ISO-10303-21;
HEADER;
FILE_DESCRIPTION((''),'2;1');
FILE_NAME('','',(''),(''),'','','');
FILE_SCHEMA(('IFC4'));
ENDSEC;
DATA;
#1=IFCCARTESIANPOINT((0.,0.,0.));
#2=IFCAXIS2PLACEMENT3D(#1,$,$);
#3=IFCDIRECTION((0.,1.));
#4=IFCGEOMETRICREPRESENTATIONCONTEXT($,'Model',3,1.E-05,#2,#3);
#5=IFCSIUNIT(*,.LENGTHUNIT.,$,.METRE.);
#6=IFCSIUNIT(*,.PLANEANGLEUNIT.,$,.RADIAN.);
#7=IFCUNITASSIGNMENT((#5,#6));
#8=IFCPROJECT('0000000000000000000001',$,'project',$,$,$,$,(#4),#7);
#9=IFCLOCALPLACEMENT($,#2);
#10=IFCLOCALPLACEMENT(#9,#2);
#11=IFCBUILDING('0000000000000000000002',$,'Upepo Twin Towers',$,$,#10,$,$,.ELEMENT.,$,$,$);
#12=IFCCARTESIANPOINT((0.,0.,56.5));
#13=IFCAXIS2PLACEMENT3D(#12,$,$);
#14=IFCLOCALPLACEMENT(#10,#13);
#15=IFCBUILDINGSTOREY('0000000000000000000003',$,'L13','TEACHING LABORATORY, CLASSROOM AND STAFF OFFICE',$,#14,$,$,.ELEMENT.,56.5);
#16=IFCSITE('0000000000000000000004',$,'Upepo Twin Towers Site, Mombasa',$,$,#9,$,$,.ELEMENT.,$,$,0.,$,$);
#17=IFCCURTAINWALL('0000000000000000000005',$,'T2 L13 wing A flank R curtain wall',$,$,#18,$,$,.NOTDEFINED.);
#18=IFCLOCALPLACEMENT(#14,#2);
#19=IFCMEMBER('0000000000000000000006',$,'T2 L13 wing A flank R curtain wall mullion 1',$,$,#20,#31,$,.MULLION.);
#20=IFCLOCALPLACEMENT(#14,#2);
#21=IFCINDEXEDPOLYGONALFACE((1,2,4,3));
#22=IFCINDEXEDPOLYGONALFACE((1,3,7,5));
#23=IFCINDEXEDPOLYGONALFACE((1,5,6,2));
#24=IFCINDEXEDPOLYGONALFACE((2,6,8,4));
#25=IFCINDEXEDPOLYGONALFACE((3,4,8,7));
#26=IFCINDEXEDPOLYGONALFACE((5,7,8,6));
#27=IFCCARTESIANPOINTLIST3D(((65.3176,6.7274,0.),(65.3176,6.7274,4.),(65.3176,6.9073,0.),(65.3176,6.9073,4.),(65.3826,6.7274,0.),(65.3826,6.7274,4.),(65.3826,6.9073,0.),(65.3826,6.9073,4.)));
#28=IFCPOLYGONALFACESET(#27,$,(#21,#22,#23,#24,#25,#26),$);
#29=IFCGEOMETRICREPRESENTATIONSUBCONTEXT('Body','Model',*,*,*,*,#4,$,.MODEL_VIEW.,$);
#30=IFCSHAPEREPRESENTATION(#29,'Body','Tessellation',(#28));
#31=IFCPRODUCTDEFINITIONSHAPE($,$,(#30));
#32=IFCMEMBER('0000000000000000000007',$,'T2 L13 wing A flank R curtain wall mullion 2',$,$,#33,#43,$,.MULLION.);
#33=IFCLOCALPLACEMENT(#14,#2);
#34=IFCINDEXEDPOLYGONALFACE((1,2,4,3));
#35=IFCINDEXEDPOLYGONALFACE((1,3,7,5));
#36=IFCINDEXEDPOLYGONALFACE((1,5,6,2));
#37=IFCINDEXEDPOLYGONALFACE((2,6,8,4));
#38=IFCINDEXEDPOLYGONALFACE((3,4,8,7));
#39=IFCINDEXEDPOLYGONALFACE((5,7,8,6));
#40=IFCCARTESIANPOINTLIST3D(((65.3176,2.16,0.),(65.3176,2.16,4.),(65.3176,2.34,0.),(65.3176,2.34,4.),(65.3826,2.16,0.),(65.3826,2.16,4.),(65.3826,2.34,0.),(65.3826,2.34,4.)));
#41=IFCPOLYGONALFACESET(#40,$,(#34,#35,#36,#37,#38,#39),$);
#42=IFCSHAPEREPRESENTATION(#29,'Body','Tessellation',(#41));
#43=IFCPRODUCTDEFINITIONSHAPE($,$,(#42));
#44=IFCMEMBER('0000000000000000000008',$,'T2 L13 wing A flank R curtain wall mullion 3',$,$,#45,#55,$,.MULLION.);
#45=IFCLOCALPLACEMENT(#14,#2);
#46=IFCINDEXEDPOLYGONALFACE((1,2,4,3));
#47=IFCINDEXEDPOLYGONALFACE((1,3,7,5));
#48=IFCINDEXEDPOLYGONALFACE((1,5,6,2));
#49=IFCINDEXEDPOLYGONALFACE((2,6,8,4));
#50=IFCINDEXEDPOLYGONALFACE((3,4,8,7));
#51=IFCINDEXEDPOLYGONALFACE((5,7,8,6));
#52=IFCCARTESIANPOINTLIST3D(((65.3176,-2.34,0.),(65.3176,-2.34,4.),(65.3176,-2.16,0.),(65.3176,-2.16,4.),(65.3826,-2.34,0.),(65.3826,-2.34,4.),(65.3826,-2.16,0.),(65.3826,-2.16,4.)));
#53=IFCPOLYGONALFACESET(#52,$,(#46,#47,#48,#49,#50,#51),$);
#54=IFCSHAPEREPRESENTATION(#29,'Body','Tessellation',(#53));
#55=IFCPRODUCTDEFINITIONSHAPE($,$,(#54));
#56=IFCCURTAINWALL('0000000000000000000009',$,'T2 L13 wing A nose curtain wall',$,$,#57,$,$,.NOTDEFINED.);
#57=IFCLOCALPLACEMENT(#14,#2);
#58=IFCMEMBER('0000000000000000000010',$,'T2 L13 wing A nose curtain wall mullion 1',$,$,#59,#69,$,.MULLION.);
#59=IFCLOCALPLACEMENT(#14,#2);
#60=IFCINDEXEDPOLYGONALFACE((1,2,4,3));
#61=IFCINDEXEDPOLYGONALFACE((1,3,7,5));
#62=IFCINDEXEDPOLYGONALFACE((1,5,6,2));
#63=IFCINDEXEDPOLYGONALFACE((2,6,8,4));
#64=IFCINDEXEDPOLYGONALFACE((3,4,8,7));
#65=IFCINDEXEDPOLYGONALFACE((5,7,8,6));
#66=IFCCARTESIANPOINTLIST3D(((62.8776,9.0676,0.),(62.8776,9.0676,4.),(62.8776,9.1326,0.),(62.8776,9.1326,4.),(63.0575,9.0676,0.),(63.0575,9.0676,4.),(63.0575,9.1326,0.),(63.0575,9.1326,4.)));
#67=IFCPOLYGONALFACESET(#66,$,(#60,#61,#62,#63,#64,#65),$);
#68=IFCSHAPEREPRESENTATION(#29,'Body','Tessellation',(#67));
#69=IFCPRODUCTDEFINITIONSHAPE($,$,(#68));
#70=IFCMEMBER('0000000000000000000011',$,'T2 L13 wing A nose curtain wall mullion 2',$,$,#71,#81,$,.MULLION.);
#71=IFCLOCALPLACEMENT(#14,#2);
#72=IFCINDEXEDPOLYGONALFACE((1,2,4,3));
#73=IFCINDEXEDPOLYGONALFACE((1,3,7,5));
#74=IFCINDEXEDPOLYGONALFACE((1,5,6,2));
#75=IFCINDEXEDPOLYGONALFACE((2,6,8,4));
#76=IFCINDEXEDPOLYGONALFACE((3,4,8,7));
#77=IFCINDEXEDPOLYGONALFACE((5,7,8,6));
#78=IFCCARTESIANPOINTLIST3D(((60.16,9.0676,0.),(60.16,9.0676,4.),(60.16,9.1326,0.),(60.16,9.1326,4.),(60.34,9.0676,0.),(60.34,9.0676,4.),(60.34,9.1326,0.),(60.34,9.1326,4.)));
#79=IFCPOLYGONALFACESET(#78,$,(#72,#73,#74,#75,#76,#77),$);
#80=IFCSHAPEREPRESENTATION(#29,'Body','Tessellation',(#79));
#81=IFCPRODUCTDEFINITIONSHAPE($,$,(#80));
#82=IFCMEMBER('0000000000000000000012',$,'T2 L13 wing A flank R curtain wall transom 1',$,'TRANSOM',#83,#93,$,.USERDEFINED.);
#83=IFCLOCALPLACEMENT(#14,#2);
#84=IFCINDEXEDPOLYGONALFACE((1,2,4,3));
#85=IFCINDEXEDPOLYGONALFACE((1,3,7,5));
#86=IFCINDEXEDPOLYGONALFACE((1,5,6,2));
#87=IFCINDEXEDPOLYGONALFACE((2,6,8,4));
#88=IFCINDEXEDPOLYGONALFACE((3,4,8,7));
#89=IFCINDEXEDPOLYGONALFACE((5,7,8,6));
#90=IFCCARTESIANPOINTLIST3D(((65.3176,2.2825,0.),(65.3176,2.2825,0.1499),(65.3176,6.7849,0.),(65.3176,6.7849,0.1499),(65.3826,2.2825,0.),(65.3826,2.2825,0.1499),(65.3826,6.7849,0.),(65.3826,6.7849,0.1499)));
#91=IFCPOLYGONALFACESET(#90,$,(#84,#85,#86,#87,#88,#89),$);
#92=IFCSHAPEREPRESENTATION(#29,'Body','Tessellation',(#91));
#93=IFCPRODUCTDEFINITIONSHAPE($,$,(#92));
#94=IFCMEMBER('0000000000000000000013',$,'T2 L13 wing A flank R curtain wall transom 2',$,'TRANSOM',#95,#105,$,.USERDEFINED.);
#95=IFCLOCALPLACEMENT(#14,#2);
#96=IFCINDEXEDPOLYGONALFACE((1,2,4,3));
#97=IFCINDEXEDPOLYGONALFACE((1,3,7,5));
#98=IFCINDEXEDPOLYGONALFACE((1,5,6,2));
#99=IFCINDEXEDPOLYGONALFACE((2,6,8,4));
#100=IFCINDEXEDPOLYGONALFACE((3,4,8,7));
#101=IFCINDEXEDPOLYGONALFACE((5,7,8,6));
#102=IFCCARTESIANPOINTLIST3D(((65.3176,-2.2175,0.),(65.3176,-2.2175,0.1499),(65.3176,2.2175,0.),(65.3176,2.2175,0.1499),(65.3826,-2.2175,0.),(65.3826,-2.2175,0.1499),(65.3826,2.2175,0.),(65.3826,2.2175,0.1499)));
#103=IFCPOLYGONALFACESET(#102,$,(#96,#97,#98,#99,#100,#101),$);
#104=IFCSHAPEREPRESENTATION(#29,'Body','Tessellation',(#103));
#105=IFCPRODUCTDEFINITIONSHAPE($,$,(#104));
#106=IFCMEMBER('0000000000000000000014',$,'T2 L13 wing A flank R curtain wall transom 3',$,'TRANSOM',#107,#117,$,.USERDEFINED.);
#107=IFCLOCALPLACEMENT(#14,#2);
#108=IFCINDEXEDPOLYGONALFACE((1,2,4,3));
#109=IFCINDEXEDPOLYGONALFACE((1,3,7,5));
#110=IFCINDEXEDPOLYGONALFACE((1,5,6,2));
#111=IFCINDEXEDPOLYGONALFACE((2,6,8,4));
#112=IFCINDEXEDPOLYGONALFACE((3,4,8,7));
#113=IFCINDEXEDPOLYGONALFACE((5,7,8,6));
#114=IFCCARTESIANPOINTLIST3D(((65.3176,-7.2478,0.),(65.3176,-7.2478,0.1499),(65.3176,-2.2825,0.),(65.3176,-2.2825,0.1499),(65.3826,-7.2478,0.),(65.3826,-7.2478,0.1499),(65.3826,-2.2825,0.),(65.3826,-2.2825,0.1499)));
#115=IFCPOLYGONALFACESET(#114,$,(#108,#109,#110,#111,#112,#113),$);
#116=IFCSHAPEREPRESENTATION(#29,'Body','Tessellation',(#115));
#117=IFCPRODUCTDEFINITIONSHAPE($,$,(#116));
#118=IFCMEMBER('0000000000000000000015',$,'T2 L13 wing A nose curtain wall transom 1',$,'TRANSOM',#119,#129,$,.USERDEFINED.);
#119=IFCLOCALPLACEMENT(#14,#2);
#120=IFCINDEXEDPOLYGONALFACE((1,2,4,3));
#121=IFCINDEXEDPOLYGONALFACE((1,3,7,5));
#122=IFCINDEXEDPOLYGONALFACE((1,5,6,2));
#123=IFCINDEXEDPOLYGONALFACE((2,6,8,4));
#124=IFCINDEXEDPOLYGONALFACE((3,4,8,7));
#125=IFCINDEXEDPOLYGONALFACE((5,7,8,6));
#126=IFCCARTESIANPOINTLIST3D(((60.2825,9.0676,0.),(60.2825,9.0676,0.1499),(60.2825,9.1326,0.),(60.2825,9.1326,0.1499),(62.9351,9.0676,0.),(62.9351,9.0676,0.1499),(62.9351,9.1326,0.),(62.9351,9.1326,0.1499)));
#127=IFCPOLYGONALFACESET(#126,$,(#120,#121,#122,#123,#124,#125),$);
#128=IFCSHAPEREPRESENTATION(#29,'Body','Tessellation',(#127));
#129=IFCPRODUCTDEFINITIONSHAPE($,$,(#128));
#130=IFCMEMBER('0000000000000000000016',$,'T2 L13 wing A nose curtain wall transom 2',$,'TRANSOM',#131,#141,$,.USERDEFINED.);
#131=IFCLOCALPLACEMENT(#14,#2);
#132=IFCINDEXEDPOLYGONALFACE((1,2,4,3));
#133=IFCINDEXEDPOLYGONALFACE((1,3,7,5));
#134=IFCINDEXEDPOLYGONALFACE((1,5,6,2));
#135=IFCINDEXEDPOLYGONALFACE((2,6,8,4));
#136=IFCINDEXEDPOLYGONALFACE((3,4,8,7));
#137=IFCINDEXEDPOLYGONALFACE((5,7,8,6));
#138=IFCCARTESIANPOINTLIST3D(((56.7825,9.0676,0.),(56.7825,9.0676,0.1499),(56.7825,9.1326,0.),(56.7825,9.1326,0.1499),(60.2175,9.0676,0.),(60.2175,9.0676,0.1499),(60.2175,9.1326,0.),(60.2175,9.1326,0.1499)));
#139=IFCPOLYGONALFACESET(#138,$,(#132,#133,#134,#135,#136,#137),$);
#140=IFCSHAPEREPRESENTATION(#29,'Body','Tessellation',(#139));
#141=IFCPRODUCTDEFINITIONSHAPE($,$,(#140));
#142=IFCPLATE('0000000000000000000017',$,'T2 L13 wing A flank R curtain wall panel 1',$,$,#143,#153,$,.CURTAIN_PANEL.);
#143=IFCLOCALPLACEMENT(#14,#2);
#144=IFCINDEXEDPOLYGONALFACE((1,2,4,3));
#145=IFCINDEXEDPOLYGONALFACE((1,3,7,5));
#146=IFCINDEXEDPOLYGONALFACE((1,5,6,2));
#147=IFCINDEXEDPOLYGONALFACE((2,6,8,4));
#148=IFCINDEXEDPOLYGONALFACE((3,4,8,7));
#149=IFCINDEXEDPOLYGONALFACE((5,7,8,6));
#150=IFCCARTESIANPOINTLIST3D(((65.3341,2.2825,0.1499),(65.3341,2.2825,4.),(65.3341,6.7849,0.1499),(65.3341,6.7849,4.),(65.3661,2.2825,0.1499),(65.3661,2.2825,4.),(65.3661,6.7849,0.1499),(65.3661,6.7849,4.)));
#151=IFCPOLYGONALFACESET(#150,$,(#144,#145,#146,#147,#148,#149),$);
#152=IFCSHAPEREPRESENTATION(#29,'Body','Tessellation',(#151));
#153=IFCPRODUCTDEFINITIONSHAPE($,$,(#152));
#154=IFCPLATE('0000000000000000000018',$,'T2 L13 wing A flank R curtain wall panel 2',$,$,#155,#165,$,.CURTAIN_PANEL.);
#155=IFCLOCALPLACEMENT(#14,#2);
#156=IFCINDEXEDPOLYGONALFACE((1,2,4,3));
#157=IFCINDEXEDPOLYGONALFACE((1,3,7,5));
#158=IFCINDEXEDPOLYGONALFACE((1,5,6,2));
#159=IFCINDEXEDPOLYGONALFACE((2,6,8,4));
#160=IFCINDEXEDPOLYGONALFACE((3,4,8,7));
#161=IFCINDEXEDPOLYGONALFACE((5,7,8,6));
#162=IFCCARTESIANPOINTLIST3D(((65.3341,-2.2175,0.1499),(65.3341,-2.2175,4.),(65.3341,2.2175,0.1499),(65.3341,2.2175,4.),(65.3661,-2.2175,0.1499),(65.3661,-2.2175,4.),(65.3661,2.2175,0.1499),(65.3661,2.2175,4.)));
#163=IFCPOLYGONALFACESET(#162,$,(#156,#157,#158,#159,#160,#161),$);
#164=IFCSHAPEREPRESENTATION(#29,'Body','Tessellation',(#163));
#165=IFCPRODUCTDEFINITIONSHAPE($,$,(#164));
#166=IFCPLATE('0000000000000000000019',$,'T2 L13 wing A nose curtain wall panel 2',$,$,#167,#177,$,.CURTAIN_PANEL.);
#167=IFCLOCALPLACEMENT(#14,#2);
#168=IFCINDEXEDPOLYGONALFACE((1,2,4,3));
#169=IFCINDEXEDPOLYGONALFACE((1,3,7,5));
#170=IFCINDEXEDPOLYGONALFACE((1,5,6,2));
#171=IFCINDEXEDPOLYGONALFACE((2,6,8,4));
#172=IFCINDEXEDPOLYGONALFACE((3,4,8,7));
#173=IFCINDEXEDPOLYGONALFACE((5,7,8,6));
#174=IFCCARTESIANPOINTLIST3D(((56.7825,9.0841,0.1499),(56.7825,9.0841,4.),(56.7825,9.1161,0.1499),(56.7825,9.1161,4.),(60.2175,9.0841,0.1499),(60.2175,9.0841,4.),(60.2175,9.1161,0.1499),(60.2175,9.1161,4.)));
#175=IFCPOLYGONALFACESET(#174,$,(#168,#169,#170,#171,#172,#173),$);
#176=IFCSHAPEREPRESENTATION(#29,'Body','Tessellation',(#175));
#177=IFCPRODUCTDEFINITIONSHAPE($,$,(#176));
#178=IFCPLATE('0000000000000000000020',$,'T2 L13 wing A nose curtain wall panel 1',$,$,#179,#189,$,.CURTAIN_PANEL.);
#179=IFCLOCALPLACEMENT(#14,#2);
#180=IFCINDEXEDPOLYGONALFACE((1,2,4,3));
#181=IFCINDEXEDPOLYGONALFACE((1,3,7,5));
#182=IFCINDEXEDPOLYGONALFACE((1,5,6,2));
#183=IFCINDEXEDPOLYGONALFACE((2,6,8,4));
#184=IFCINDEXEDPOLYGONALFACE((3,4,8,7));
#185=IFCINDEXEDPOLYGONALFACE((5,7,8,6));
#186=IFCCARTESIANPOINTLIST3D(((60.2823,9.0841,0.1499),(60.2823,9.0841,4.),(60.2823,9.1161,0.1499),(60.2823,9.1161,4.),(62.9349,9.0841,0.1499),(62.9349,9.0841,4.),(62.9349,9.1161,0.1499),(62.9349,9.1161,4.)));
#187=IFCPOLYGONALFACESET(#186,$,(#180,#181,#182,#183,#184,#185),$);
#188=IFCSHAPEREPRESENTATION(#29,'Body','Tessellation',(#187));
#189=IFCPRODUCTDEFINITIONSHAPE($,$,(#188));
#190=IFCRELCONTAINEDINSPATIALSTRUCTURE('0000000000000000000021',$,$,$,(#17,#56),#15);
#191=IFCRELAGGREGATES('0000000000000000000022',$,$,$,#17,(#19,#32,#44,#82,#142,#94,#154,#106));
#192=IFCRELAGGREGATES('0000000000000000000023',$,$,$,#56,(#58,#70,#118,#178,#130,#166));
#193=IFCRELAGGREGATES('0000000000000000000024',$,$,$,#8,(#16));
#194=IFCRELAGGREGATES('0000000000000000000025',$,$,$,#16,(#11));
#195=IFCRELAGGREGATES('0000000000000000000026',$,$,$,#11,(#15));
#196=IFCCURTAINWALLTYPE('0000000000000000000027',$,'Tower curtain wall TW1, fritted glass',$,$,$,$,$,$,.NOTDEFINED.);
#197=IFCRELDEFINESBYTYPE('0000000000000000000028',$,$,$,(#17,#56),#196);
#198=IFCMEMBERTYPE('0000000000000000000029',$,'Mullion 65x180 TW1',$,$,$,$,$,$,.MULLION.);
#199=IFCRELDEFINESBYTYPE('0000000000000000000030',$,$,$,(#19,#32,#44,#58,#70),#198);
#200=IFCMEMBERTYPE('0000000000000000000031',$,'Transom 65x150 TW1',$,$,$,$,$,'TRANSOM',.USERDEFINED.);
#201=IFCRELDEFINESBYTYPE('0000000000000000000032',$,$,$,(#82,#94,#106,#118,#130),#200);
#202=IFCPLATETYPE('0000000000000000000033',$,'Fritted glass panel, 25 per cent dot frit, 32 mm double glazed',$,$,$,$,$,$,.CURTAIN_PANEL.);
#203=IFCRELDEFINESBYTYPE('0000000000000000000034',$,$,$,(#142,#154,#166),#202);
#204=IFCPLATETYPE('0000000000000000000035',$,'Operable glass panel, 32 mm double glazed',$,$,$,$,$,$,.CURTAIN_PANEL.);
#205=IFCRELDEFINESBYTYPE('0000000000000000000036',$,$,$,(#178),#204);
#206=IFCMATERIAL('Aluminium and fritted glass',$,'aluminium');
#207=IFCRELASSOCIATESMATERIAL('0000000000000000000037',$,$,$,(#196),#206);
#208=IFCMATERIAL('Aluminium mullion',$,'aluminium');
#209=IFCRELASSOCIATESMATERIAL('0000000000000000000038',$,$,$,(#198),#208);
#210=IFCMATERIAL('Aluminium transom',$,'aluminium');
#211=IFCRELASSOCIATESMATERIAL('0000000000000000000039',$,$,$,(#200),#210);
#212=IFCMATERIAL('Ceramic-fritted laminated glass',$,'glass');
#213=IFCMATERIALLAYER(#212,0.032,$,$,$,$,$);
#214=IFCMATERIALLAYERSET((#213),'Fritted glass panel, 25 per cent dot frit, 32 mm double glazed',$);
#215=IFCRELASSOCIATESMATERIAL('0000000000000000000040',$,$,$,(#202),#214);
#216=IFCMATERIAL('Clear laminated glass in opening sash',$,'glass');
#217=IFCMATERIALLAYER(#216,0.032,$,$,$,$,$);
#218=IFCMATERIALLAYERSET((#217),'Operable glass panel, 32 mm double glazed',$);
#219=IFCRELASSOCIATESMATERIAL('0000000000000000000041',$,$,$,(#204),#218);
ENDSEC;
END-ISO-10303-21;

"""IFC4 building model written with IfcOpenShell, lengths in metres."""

from ifc_helpers import new_model, si_unit, direction, frame, origin, origin_2d, place, context, subcontext, project, spatial, rectangle, extrude, material, layer, layer_set, material_profile, profile_set, type_object, element, aggregate, save


model = new_model("IFC4")

# Units and contexts
model_context = context("Model", 3, precision=1e-05, world=origin(), true_north=direction((0.0, 1.0)))
body_context = subcontext(model_context, "Body", "Model", "MODEL_VIEW")
ifc_project = project(units=[si_unit("LENGTHUNIT", "METRE"), si_unit("PLANEANGLEUNIT", "RADIAN")], contexts=[model_context])

# Site, building, storey
site_placement = place(None, origin())
site = spatial("IfcSite", under=ifc_project, at=site_placement, Name="Upepo Twin Towers Site, Mombasa", CompositionType="ELEMENT", RefElevation=0.0)
building_placement = place(site_placement, origin())
building = spatial("IfcBuilding", under=site, at=building_placement, Name="Upepo Twin Towers", CompositionType="ELEMENT")
storey_placement = place(building_placement, frame((0.0, 0.0, 56.5)))
storey = spatial("IfcBuildingStorey", under=building, at=storey_placement, Name="L13", Description="TEACHING LABORATORY, CLASSROOM AND STAFF OFFICE", CompositionType="ELEMENT", Elevation=56.5)

# Curtain walls, members
ifc_material_1 = material(Name="Aluminium and fritted glass", Category="aluminium")
curtain_wall_type = type_object("IfcCurtainWallType", Name="Tower curtain wall TW1, fritted glass", PredefinedType="NOTDEFINED", material=ifc_material_1)
curtain_wall_1_placement = place(storey_placement, origin())
curtain_wall_1 = element("IfcCurtainWall", 1, at=curtain_wall_1_placement, inside=storey, type_object=curtain_wall_type, Name="T2 L13 wing A flank R curtain wall", PredefinedType="NOTDEFINED")
ifc_material_2 = material(Name="Aluminium mullion", Category="aluminium")
ifc_material_profile_1 = material_profile(ifc_material_2, rectangle(XDim=0.0649, YDim=0.1799, at=origin_2d()), Name="MULLION 65x180")
ifc_profile_set_1 = profile_set([ifc_material_profile_1], Name="Aluminium mullion")
member_type_1 = type_object("IfcMemberType", Name="Mullion 65x180 TW1", PredefinedType="MULLION", material=ifc_profile_set_1)
member_1_placement = place(storey_placement, frame((65.3501, 6.8174, 0.0), z_axis=(0.0, 0.0, 1.0), x_axis=(1.0, 0.0, 0.0)))
member_1 = element("IfcMember", 2, at=member_1_placement, type_object=member_type_1, Name="T2 L13 wing A flank R curtain wall mullion 1", PredefinedType="MULLION", context=body_context, shape_type="SweptSolid", body=[
    extrude(rectangle(XDim=0.0649, YDim=0.1799, at=origin_2d()), origin(), (0.0, 0.0, 1.0), 4.0),
])
member_2_placement = place(storey_placement, frame((65.3501, 2.25, 0.0), z_axis=(0.0, 0.0, 1.0), x_axis=(1.0, 0.0, 0.0)))
member_2 = element("IfcMember", 3, at=member_2_placement, type_object=member_type_1, Name="T2 L13 wing A flank R curtain wall mullion 2", PredefinedType="MULLION", context=body_context, shape_type="SweptSolid", body=[
    extrude(rectangle(XDim=0.0649, YDim=0.1799, at=origin_2d()), origin(), (0.0, 0.0, 1.0), 4.0),
])
member_3_placement = place(storey_placement, frame((65.3501, -2.25, 0.0), z_axis=(0.0, 0.0, 1.0), x_axis=(1.0, 0.0, 0.0)))
member_3 = element("IfcMember", 4, at=member_3_placement, type_object=member_type_1, Name="T2 L13 wing A flank R curtain wall mullion 3", PredefinedType="MULLION", context=body_context, shape_type="SweptSolid", body=[
    extrude(rectangle(XDim=0.0649, YDim=0.1799, at=origin_2d()), origin(), (0.0, 0.0, 1.0), 4.0),
])
curtain_wall_2_placement = place(storey_placement, origin())
curtain_wall_2 = element("IfcCurtainWall", 5, at=curtain_wall_2_placement, inside=storey, type_object=curtain_wall_type, Name="T2 L13 wing A nose curtain wall", PredefinedType="NOTDEFINED")
member_4_placement = place(storey_placement, frame((62.9675, 9.1001, 0.0), z_axis=(0.0, 0.0, 1.0), x_axis=(0.0, -1.0, 0.0)))
member_4 = element("IfcMember", 6, at=member_4_placement, type_object=member_type_1, Name="T2 L13 wing A nose curtain wall mullion 1", PredefinedType="MULLION", context=body_context, shape_type="SweptSolid", body=[
    extrude(rectangle(XDim=0.0649, YDim=0.1799, at=origin_2d()), origin(), (0.0, 0.0, 1.0), 4.0),
])
member_5_placement = place(storey_placement, frame((60.25, 9.1001, 0.0), z_axis=(0.0, 0.0, 1.0), x_axis=(0.0, -1.0, 0.0)))
member_5 = element("IfcMember", 7, at=member_5_placement, type_object=member_type_1, Name="T2 L13 wing A nose curtain wall mullion 2", PredefinedType="MULLION", context=body_context, shape_type="SweptSolid", body=[
    extrude(rectangle(XDim=0.0649, YDim=0.1799, at=origin_2d()), origin(), (0.0, 0.0, 1.0), 4.0),
])

# Members
ifc_material_3 = material(Name="Aluminium transom", Category="aluminium")
ifc_material_profile_2 = material_profile(ifc_material_3, rectangle(XDim=0.0649, YDim=0.1499, at=origin_2d()), Name="TRANSOM 65x150")
ifc_profile_set_2 = profile_set([ifc_material_profile_2], Name="Aluminium transom")
member_type_2 = type_object("IfcMemberType", Name="Transom 65x150 TW1", ElementType="TRANSOM", PredefinedType="USERDEFINED", material=ifc_profile_set_2)
member_6_placement = place(storey_placement, frame((65.3501, 6.7849, 0.075), z_axis=(0.0, -1.0, 0.0), x_axis=(1.0, 0.0, 0.0)))
member_6 = element("IfcMember", 8, at=member_6_placement, type_object=member_type_2, Name="T2 L13 wing A flank R curtain wall transom 1", ObjectType="TRANSOM", PredefinedType="USERDEFINED", context=body_context, shape_type="SweptSolid", body=[
    extrude(rectangle(XDim=0.0649, YDim=0.1499, at=origin_2d()), origin(), (0.0, 0.0, 1.0), 4.5024),
])
member_7_placement = place(storey_placement, frame((65.3501, 2.2175, 0.075), z_axis=(0.0, -1.0, 0.0), x_axis=(1.0, 0.0, 0.0)))
member_7 = element("IfcMember", 9, at=member_7_placement, type_object=member_type_2, Name="T2 L13 wing A flank R curtain wall transom 2", ObjectType="TRANSOM", PredefinedType="USERDEFINED", context=body_context, shape_type="SweptSolid", body=[
    extrude(rectangle(XDim=0.0649, YDim=0.1499, at=origin_2d()), origin(), (0.0, 0.0, 1.0), 4.4351),
])
member_8_placement = place(storey_placement, frame((65.3501, -2.2825, 0.075), z_axis=(0.0, -1.0, 0.0), x_axis=(1.0, 0.0, 0.0)))
member_8 = element("IfcMember", 10, at=member_8_placement, type_object=member_type_2, Name="T2 L13 wing A flank R curtain wall transom 3", ObjectType="TRANSOM", PredefinedType="USERDEFINED", context=body_context, shape_type="SweptSolid", body=[
    extrude(rectangle(XDim=0.0649, YDim=0.1499, at=origin_2d()), origin(), (0.0, 0.0, 1.0), 4.9653),
])
member_9_placement = place(storey_placement, frame((62.9351, 9.1001, 0.075), z_axis=(-1.0, 0.0, 0.0), x_axis=(0.0, -1.0, 0.0)))
member_9 = element("IfcMember", 11, at=member_9_placement, type_object=member_type_2, Name="T2 L13 wing A nose curtain wall transom 1", ObjectType="TRANSOM", PredefinedType="USERDEFINED", context=body_context, shape_type="SweptSolid", body=[
    extrude(rectangle(XDim=0.0649, YDim=0.1499, at=origin_2d()), origin(), (0.0, 0.0, 1.0), 2.6526),
])
member_10_placement = place(storey_placement, frame((60.2175, 9.1001, 0.075), z_axis=(-1.0, 0.0, 0.0), x_axis=(0.0, -1.0, 0.0)))
member_10 = element("IfcMember", 12, at=member_10_placement, type_object=member_type_2, Name="T2 L13 wing A nose curtain wall transom 2", ObjectType="TRANSOM", PredefinedType="USERDEFINED", context=body_context, shape_type="SweptSolid", body=[
    extrude(rectangle(XDim=0.0649, YDim=0.1499, at=origin_2d()), origin(), (0.0, 0.0, 1.0), 3.4351),
])

# Plates
ifc_material_4 = material(Name="Ceramic-fritted laminated glass", Category="glass")
ifc_layer_1 = layer(ifc_material_4, 0.032)
ifc_layer_set_1 = layer_set([ifc_layer_1], Name="Fritted glass panel, 25 per cent dot frit, 32 mm double glazed")
plate_type_1 = type_object("IfcPlateType", Name="Fritted glass panel, 25 per cent dot frit, 32 mm double glazed", PredefinedType="CURTAIN_PANEL", material=ifc_layer_set_1)
plate_1_placement = place(storey_placement, frame((65.3501, 4.5337, 0.1499), z_axis=(0.0, 0.0, 1.0), x_axis=(0.0, -1.0, 0.0)))
plate_1 = element("IfcPlate", 13, at=plate_1_placement, type_object=plate_type_1, Name="T2 L13 wing A flank R curtain wall panel 1", PredefinedType="CURTAIN_PANEL", context=body_context, shape_type="SweptSolid", body=[
    extrude(rectangle(XDim=4.5024, YDim=0.032, at=origin_2d()), origin(), (0.0, 0.0, 1.0), 3.8501),
])
plate_2_placement = place(storey_placement, frame((65.3501, 0.0, 0.1499), z_axis=(0.0, 0.0, 1.0), x_axis=(0.0, -1.0, 0.0)))
plate_2 = element("IfcPlate", 14, at=plate_2_placement, type_object=plate_type_1, Name="T2 L13 wing A flank R curtain wall panel 2", PredefinedType="CURTAIN_PANEL", context=body_context, shape_type="SweptSolid", body=[
    extrude(rectangle(XDim=4.4351, YDim=0.032, at=origin_2d()), origin(), (0.0, 0.0, 1.0), 3.8501),
])
aggregate(curtain_wall_1, [member_1, member_2, member_3, member_6, plate_1, member_7, plate_2, member_8])
plate_3_placement = place(storey_placement, frame((58.5, 9.1001, 0.1499), z_axis=(0.0, 0.0, 1.0), x_axis=(-1.0, 0.0, 0.0)))
plate_3 = element("IfcPlate", 15, at=plate_3_placement, type_object=plate_type_1, Name="T2 L13 wing A nose curtain wall panel 2", PredefinedType="CURTAIN_PANEL", context=body_context, shape_type="SweptSolid", body=[
    extrude(rectangle(XDim=3.4351, YDim=0.032, at=origin_2d()), origin(), (0.0, 0.0, 1.0), 3.8501),
])
ifc_material_5 = material(Name="Clear laminated glass in opening sash", Category="glass")
ifc_layer_2 = layer(ifc_material_5, 0.032)
ifc_layer_set_2 = layer_set([ifc_layer_2], Name="Operable glass panel, 32 mm double glazed")
plate_type_2 = type_object("IfcPlateType", Name="Operable glass panel, 32 mm double glazed", PredefinedType="CURTAIN_PANEL", material=ifc_layer_set_2)
plate_4_placement = place(storey_placement, frame((61.6086, 9.1001, 0.1499), z_axis=(0.0, 0.0, 1.0), x_axis=(-1.0, 0.0, 0.0)))
plate_4 = element("IfcPlate", 16, at=plate_4_placement, type_object=plate_type_2, Name="T2 L13 wing A nose curtain wall panel 1", PredefinedType="CURTAIN_PANEL", context=body_context, shape_type="SweptSolid", body=[
    extrude(rectangle(XDim=2.6526, YDim=0.032, at=origin_2d()), origin(), (0.0, 0.0, 1.0), 3.8501),
])
aggregate(curtain_wall_2, [member_4, member_5, member_9, plate_4, member_10, plate_3])

save(model, "model.ifc")
